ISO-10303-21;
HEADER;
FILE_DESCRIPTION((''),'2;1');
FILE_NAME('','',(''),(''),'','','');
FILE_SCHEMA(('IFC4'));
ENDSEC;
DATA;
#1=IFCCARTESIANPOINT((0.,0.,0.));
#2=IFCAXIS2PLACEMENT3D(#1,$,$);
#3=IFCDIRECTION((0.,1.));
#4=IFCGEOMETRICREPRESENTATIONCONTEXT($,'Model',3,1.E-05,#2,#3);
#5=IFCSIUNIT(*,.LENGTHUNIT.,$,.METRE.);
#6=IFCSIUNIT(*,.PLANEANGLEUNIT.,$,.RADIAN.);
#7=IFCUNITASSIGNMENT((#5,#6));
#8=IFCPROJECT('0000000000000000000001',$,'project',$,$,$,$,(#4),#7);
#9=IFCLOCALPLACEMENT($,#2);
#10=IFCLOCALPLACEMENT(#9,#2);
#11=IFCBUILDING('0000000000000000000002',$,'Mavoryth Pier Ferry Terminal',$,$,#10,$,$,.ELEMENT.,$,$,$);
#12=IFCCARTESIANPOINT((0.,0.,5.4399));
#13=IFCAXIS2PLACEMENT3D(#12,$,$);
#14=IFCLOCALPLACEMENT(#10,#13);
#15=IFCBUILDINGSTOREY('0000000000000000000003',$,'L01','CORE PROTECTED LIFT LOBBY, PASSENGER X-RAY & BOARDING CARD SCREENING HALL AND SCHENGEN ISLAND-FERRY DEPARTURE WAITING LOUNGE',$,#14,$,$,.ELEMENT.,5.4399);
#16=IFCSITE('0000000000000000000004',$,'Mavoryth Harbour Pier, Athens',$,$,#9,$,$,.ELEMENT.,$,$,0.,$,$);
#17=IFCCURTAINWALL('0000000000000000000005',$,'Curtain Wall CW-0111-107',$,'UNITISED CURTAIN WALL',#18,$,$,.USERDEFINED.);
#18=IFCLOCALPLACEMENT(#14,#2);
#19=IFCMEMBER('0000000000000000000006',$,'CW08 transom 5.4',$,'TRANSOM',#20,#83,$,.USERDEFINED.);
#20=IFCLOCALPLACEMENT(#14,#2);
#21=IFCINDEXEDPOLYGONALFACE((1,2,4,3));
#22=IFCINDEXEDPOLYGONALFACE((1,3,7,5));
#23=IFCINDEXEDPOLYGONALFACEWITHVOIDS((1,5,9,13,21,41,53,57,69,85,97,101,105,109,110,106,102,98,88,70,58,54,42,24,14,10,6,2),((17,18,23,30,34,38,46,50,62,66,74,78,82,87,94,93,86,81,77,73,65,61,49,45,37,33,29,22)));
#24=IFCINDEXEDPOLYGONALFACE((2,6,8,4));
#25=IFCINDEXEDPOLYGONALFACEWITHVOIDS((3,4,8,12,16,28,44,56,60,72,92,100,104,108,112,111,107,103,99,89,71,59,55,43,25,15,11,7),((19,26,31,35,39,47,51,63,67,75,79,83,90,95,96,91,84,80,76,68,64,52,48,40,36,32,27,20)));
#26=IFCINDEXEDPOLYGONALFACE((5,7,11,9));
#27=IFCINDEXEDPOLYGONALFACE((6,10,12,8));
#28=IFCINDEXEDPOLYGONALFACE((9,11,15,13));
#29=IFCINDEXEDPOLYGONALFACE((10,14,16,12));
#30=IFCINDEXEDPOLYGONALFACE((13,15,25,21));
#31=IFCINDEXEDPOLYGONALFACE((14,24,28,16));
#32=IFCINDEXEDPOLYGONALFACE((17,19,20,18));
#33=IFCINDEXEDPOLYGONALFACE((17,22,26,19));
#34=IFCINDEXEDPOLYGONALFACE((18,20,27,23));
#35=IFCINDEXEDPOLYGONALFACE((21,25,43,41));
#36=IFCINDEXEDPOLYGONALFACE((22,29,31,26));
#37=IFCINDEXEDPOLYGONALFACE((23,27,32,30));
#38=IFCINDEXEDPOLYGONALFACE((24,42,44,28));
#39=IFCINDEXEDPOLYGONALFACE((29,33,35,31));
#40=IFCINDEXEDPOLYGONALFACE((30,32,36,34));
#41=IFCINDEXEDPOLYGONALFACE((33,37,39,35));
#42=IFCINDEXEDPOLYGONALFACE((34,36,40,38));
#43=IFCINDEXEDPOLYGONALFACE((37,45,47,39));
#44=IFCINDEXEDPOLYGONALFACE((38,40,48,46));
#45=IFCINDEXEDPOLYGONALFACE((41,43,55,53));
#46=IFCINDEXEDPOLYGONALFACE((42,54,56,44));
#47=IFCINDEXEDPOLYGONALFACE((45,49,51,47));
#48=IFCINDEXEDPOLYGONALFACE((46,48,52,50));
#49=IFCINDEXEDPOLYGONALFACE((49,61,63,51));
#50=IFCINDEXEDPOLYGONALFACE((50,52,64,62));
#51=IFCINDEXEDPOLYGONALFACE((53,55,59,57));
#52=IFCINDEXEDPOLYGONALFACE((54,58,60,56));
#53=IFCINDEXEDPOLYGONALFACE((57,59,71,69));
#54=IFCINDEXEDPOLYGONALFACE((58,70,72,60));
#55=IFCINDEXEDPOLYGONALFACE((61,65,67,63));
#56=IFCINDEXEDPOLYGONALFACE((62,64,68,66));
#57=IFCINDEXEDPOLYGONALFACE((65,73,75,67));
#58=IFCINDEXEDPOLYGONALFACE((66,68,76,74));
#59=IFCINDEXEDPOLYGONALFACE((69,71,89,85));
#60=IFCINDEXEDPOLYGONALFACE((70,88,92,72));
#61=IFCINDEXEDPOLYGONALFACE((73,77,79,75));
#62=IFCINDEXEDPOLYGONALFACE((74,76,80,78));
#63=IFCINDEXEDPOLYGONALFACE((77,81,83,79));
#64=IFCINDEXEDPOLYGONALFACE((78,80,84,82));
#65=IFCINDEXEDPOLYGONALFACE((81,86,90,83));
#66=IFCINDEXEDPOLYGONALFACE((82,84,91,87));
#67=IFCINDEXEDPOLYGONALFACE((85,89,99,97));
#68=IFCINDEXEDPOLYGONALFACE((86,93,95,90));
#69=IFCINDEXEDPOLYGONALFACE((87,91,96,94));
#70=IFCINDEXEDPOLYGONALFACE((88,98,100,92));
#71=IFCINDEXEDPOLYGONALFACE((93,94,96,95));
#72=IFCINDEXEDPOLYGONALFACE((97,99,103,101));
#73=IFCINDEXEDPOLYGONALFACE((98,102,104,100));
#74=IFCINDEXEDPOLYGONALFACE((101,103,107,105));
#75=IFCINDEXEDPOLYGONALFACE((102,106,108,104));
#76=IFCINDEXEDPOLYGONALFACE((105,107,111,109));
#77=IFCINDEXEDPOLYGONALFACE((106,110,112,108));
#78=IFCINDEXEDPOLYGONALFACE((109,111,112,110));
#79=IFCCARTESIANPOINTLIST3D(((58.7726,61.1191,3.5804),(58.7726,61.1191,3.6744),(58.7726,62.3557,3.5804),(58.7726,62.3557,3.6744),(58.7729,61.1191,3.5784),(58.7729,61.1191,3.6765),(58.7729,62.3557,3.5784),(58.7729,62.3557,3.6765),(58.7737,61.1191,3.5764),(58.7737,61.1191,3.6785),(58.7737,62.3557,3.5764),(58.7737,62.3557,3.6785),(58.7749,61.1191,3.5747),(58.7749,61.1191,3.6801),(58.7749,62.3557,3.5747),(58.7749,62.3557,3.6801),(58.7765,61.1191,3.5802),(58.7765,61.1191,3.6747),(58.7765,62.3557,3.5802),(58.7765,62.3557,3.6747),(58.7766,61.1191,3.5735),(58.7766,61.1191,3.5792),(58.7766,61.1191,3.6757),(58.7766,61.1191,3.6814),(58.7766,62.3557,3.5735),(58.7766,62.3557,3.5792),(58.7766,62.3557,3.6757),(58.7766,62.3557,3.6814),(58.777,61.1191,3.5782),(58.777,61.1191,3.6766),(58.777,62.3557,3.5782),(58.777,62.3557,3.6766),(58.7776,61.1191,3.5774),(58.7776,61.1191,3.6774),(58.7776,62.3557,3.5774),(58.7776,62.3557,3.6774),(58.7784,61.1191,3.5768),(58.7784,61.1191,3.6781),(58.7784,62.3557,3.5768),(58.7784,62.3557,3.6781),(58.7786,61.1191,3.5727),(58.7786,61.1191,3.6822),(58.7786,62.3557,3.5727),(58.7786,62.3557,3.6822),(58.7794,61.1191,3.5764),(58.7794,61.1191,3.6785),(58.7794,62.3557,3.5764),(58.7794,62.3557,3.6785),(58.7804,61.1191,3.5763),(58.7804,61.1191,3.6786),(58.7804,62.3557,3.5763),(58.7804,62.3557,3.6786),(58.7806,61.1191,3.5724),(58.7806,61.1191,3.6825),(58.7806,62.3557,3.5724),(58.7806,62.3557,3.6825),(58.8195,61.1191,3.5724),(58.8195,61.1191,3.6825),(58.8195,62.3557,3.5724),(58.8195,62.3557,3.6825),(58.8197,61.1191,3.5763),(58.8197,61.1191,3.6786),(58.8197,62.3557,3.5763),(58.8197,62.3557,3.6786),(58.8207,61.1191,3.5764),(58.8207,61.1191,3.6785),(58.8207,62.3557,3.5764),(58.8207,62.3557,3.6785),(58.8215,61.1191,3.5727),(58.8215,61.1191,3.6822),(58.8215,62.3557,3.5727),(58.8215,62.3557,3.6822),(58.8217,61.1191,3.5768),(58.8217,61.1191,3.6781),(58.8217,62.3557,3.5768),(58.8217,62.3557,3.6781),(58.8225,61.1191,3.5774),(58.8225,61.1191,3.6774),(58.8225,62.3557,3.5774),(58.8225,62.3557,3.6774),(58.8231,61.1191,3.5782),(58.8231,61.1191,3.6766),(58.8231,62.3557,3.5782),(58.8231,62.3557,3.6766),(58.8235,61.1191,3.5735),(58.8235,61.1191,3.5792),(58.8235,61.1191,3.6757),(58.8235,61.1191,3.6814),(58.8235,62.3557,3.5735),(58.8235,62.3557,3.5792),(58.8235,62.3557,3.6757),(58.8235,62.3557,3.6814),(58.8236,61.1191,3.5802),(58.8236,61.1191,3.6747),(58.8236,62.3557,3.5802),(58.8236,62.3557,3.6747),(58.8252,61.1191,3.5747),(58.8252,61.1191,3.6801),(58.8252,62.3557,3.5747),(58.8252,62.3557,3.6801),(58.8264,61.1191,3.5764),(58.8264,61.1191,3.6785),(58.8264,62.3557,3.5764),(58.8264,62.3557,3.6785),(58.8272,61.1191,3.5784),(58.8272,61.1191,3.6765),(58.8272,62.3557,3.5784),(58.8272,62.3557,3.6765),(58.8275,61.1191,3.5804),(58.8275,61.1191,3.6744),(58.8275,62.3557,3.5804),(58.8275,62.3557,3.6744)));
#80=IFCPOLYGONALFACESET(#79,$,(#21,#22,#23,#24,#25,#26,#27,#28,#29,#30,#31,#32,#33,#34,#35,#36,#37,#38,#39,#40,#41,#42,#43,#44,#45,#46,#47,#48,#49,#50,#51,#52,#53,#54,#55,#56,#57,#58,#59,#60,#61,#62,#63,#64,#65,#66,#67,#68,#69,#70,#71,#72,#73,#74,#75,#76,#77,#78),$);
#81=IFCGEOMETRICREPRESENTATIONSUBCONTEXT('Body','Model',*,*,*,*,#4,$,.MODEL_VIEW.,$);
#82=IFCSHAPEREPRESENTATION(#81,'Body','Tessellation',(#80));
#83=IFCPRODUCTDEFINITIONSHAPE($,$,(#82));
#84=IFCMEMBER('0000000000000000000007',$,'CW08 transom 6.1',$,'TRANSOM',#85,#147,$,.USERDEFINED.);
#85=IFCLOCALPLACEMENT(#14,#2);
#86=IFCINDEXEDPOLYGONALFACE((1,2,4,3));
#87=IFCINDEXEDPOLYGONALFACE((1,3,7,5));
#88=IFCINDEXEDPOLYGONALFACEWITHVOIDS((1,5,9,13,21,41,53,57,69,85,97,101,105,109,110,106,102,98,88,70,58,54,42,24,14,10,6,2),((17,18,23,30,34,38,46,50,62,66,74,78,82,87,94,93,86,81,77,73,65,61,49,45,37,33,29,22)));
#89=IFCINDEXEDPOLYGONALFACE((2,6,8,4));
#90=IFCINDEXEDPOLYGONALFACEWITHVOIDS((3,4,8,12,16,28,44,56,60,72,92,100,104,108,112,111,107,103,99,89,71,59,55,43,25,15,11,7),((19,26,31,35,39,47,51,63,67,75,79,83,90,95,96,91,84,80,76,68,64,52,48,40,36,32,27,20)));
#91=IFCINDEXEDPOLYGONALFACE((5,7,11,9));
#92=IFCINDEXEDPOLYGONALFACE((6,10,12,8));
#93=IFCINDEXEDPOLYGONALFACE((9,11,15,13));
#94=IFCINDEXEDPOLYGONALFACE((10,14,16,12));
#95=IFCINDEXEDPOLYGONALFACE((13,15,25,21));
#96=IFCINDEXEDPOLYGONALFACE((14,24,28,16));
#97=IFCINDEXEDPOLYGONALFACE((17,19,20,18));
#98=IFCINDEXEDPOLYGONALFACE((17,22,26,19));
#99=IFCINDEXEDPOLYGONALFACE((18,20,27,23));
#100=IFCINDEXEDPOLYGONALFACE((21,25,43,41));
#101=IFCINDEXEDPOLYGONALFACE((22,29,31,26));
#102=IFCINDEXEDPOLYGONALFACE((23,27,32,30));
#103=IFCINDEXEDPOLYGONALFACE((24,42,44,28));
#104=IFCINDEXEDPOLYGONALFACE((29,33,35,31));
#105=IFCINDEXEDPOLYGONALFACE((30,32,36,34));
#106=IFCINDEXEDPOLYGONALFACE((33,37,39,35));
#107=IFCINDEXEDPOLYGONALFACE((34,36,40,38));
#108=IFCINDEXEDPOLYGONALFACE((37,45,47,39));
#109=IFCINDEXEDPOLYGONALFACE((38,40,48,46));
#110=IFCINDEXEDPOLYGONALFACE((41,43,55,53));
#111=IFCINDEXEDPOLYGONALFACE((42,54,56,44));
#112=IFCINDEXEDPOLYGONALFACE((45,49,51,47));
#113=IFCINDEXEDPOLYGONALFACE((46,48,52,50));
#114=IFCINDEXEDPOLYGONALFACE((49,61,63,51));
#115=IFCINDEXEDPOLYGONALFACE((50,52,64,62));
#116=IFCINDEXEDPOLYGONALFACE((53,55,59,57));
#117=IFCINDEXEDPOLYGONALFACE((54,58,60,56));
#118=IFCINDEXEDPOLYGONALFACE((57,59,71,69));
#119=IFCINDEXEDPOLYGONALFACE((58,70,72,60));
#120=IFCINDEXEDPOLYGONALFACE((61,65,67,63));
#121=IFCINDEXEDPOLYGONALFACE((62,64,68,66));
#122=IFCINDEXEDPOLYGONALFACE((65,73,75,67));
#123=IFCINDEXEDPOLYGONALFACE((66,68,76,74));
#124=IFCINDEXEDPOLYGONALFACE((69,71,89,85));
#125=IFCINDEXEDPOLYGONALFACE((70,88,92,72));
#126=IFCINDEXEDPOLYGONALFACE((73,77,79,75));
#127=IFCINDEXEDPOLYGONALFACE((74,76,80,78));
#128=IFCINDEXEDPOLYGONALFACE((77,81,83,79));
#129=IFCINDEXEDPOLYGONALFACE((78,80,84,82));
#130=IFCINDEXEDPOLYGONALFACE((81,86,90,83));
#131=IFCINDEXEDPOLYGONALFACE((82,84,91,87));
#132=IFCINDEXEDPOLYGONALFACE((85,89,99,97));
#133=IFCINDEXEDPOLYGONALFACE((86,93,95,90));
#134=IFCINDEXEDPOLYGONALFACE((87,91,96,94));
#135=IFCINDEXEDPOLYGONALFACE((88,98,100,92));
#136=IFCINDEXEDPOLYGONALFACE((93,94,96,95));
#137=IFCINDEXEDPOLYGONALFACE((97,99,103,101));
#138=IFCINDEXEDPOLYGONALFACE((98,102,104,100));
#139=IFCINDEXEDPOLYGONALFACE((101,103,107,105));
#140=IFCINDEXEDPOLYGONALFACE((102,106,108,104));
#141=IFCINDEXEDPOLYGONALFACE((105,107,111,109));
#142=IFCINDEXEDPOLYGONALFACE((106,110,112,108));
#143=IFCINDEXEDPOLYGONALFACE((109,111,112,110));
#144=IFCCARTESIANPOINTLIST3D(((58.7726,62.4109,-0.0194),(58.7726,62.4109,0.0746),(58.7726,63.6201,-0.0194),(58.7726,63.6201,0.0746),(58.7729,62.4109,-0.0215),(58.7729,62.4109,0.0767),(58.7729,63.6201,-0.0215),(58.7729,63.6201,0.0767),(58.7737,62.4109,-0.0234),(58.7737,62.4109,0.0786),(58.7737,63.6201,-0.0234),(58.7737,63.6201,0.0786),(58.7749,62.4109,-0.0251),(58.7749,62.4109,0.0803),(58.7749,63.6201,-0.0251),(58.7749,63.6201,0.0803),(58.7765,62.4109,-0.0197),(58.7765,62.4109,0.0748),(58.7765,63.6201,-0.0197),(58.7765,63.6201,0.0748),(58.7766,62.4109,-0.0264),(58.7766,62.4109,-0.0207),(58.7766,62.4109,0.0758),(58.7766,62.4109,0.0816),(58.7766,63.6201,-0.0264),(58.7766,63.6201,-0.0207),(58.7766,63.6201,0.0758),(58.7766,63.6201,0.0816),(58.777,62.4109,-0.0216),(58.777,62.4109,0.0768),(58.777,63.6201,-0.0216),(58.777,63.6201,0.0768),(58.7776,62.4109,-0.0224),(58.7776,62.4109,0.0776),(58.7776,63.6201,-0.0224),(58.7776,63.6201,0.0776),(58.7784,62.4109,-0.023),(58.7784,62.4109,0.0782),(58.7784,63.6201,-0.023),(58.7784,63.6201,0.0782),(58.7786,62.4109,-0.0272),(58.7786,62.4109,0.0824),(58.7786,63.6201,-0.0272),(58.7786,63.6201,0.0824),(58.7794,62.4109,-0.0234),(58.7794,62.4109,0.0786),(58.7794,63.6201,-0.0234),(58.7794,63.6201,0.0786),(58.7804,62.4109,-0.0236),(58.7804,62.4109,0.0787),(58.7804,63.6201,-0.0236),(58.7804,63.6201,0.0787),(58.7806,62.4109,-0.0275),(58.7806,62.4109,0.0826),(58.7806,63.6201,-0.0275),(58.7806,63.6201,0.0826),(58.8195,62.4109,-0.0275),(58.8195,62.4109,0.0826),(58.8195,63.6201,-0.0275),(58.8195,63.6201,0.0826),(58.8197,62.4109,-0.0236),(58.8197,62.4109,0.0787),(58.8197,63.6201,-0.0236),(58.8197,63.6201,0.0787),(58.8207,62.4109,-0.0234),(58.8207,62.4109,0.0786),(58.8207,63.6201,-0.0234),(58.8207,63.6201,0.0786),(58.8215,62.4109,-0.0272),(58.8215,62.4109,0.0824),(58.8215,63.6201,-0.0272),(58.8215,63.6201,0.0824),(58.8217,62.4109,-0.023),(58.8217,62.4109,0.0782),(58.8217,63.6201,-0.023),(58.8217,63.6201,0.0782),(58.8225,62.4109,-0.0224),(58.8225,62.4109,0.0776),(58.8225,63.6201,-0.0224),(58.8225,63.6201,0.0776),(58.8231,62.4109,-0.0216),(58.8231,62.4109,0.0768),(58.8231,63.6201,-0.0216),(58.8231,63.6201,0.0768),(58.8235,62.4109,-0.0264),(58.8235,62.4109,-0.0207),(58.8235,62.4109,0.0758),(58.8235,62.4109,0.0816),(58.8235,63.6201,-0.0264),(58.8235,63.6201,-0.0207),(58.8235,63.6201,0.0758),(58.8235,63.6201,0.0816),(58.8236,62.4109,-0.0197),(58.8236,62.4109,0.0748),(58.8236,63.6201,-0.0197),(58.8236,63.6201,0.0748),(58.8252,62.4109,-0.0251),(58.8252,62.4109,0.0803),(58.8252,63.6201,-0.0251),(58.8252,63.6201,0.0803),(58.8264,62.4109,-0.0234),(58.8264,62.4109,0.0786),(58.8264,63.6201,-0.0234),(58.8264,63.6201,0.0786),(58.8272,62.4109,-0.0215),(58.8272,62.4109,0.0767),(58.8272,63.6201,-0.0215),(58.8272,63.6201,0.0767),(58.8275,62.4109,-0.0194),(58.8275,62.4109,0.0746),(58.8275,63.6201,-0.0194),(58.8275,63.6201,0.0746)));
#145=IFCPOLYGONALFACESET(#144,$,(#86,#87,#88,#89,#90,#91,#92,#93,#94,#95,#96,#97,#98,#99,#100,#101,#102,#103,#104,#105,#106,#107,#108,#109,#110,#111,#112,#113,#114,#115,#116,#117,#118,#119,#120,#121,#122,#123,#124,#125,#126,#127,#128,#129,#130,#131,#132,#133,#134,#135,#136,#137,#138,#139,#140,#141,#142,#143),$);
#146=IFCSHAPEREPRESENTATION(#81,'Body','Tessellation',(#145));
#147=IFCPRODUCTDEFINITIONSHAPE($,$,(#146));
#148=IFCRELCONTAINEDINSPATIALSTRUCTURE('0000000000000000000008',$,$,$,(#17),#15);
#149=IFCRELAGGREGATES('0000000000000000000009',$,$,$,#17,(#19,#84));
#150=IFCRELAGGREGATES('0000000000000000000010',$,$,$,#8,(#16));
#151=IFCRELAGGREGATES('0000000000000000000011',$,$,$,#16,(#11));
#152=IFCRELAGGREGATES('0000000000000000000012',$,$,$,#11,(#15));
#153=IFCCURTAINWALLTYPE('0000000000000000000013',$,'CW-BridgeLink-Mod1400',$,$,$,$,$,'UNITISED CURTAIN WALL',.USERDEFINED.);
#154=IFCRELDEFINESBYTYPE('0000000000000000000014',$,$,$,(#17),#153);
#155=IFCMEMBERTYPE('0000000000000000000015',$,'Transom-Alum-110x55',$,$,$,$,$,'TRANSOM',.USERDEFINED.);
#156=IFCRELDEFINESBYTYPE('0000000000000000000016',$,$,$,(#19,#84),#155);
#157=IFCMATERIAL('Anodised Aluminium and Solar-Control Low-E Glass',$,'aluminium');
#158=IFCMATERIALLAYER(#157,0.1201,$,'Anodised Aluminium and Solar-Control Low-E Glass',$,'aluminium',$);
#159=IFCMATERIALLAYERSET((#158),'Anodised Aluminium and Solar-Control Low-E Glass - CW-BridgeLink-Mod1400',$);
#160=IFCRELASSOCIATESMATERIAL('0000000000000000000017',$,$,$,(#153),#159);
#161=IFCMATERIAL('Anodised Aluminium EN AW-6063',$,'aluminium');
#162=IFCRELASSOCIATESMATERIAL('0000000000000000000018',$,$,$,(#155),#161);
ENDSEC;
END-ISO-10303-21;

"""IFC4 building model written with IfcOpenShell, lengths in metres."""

from ifc_helpers import new_model, si_unit, direction, frame, origin, origin_2d, place, context, subcontext, project, spatial, hollow_rectangle, extrude, material, layer, layer_set, material_profile, profile_set, type_object, element, aggregate, save


model = new_model("IFC4")

# Units and contexts
model_context = context("Model", 3, precision=1e-05, world=origin(), true_north=direction((0.0, 1.0)))
body_context = subcontext(model_context, "Body", "Model", "MODEL_VIEW")
ifc_project = project(units=[si_unit("LENGTHUNIT", "METRE"), si_unit("PLANEANGLEUNIT", "RADIAN")], contexts=[model_context])

# Site, building, storey
site_placement = place(None, origin())
site = spatial("IfcSite", under=ifc_project, at=site_placement, Name="Mavoryth Harbour Pier, Athens", CompositionType="ELEMENT", RefElevation=0.0)
building_placement = place(site_placement, origin())
building = spatial("IfcBuilding", under=site, at=building_placement, Name="Mavoryth Pier Ferry Terminal", CompositionType="ELEMENT")
storey_placement = place(building_placement, frame((0.0, 0.0, 5.4399)))
storey = spatial("IfcBuildingStorey", under=building, at=storey_placement, Name="L01", Description="CORE PROTECTED LIFT LOBBY, PASSENGER X-RAY & BOARDING CARD SCREENING HALL AND SCHENGEN ISLAND-FERRY DEPARTURE WAITING LOUNGE", CompositionType="ELEMENT", Elevation=5.4399)

# Curtain wall
ifc_material_1 = material(Name="Anodised Aluminium and Solar-Control Low-E Glass", Category="aluminium")
ifc_layer_1 = layer(ifc_material_1, 0.1201, Name="Anodised Aluminium and Solar-Control Low-E Glass", Category="aluminium")
ifc_layer_set_1 = layer_set([ifc_layer_1], Name="Anodised Aluminium and Solar-Control Low-E Glass - CW-BridgeLink-Mod1400")
curtain_wall_type = type_object("IfcCurtainWallType", Name="CW-BridgeLink-Mod1400", ElementType="UNITISED CURTAIN WALL", PredefinedType="USERDEFINED", material=ifc_layer_set_1)
curtain_wall_1_placement = place(storey_placement, origin())
curtain_wall_1 = element("IfcCurtainWall", 1, at=curtain_wall_1_placement, inside=storey, type_object=curtain_wall_type, Name="Curtain Wall CW-0111-107", ObjectType="UNITISED CURTAIN WALL", PredefinedType="USERDEFINED")
ifc_material_2 = material(Name="Anodised Aluminium EN AW-6063", Category="aluminium")

# Members
ifc_material_profile_1 = material_profile(ifc_material_2, hollow_rectangle(XDim=0.0549, YDim=0.1101, WallThickness=0.0039, InnerFilletRadius=0.0039, OuterFilletRadius=0.0081, at=origin_2d()), Name="AL-TRAN 110x55x4", Category="aluminium")
ifc_profile_set_1 = profile_set([ifc_material_profile_1], Name="Anodised Aluminium EN AW-6063 - AL-TRAN 110x55x4")
member_type_1 = type_object("IfcMemberType", Name="Transom-Alum-110x55", ElementType="TRANSOM", PredefinedType="USERDEFINED", material=ifc_profile_set_1)
member_1_placement = place(storey_placement, frame((58.8, 61.1191, 3.6274), z_axis=(0.0, 1.0, 0.0), x_axis=(-1.0, 0.0, 0.0)))
member_1 = element("IfcMember", 2, at=member_1_placement, type_object=member_type_1, Name="CW08 transom 5.4", ObjectType="TRANSOM", PredefinedType="USERDEFINED", context=body_context, shape_type="SweptSolid", body=[
    extrude(hollow_rectangle(XDim=0.0549, YDim=0.1101, WallThickness=0.0039, InnerFilletRadius=0.0039, OuterFilletRadius=0.0081, at=origin_2d()), origin(), (0.0, 0.0, 1.0), 1.2366),
])
member_2_placement = place(storey_placement, frame((58.8, 62.4109, 0.0276), z_axis=(0.0, 1.0, 0.0), x_axis=(-1.0, 0.0, 0.0)))
member_2 = element("IfcMember", 3, at=member_2_placement, type_object=member_type_1, Name="CW08 transom 6.1", ObjectType="TRANSOM", PredefinedType="USERDEFINED", context=body_context, shape_type="SweptSolid", body=[
    extrude(hollow_rectangle(XDim=0.0549, YDim=0.1101, WallThickness=0.0039, InnerFilletRadius=0.0039, OuterFilletRadius=0.0081, at=origin_2d()), origin(), (0.0, 0.0, 1.0), 1.2092),
])

aggregate(curtain_wall_1, [member_1, member_2])

save(model, "model.ifc")
